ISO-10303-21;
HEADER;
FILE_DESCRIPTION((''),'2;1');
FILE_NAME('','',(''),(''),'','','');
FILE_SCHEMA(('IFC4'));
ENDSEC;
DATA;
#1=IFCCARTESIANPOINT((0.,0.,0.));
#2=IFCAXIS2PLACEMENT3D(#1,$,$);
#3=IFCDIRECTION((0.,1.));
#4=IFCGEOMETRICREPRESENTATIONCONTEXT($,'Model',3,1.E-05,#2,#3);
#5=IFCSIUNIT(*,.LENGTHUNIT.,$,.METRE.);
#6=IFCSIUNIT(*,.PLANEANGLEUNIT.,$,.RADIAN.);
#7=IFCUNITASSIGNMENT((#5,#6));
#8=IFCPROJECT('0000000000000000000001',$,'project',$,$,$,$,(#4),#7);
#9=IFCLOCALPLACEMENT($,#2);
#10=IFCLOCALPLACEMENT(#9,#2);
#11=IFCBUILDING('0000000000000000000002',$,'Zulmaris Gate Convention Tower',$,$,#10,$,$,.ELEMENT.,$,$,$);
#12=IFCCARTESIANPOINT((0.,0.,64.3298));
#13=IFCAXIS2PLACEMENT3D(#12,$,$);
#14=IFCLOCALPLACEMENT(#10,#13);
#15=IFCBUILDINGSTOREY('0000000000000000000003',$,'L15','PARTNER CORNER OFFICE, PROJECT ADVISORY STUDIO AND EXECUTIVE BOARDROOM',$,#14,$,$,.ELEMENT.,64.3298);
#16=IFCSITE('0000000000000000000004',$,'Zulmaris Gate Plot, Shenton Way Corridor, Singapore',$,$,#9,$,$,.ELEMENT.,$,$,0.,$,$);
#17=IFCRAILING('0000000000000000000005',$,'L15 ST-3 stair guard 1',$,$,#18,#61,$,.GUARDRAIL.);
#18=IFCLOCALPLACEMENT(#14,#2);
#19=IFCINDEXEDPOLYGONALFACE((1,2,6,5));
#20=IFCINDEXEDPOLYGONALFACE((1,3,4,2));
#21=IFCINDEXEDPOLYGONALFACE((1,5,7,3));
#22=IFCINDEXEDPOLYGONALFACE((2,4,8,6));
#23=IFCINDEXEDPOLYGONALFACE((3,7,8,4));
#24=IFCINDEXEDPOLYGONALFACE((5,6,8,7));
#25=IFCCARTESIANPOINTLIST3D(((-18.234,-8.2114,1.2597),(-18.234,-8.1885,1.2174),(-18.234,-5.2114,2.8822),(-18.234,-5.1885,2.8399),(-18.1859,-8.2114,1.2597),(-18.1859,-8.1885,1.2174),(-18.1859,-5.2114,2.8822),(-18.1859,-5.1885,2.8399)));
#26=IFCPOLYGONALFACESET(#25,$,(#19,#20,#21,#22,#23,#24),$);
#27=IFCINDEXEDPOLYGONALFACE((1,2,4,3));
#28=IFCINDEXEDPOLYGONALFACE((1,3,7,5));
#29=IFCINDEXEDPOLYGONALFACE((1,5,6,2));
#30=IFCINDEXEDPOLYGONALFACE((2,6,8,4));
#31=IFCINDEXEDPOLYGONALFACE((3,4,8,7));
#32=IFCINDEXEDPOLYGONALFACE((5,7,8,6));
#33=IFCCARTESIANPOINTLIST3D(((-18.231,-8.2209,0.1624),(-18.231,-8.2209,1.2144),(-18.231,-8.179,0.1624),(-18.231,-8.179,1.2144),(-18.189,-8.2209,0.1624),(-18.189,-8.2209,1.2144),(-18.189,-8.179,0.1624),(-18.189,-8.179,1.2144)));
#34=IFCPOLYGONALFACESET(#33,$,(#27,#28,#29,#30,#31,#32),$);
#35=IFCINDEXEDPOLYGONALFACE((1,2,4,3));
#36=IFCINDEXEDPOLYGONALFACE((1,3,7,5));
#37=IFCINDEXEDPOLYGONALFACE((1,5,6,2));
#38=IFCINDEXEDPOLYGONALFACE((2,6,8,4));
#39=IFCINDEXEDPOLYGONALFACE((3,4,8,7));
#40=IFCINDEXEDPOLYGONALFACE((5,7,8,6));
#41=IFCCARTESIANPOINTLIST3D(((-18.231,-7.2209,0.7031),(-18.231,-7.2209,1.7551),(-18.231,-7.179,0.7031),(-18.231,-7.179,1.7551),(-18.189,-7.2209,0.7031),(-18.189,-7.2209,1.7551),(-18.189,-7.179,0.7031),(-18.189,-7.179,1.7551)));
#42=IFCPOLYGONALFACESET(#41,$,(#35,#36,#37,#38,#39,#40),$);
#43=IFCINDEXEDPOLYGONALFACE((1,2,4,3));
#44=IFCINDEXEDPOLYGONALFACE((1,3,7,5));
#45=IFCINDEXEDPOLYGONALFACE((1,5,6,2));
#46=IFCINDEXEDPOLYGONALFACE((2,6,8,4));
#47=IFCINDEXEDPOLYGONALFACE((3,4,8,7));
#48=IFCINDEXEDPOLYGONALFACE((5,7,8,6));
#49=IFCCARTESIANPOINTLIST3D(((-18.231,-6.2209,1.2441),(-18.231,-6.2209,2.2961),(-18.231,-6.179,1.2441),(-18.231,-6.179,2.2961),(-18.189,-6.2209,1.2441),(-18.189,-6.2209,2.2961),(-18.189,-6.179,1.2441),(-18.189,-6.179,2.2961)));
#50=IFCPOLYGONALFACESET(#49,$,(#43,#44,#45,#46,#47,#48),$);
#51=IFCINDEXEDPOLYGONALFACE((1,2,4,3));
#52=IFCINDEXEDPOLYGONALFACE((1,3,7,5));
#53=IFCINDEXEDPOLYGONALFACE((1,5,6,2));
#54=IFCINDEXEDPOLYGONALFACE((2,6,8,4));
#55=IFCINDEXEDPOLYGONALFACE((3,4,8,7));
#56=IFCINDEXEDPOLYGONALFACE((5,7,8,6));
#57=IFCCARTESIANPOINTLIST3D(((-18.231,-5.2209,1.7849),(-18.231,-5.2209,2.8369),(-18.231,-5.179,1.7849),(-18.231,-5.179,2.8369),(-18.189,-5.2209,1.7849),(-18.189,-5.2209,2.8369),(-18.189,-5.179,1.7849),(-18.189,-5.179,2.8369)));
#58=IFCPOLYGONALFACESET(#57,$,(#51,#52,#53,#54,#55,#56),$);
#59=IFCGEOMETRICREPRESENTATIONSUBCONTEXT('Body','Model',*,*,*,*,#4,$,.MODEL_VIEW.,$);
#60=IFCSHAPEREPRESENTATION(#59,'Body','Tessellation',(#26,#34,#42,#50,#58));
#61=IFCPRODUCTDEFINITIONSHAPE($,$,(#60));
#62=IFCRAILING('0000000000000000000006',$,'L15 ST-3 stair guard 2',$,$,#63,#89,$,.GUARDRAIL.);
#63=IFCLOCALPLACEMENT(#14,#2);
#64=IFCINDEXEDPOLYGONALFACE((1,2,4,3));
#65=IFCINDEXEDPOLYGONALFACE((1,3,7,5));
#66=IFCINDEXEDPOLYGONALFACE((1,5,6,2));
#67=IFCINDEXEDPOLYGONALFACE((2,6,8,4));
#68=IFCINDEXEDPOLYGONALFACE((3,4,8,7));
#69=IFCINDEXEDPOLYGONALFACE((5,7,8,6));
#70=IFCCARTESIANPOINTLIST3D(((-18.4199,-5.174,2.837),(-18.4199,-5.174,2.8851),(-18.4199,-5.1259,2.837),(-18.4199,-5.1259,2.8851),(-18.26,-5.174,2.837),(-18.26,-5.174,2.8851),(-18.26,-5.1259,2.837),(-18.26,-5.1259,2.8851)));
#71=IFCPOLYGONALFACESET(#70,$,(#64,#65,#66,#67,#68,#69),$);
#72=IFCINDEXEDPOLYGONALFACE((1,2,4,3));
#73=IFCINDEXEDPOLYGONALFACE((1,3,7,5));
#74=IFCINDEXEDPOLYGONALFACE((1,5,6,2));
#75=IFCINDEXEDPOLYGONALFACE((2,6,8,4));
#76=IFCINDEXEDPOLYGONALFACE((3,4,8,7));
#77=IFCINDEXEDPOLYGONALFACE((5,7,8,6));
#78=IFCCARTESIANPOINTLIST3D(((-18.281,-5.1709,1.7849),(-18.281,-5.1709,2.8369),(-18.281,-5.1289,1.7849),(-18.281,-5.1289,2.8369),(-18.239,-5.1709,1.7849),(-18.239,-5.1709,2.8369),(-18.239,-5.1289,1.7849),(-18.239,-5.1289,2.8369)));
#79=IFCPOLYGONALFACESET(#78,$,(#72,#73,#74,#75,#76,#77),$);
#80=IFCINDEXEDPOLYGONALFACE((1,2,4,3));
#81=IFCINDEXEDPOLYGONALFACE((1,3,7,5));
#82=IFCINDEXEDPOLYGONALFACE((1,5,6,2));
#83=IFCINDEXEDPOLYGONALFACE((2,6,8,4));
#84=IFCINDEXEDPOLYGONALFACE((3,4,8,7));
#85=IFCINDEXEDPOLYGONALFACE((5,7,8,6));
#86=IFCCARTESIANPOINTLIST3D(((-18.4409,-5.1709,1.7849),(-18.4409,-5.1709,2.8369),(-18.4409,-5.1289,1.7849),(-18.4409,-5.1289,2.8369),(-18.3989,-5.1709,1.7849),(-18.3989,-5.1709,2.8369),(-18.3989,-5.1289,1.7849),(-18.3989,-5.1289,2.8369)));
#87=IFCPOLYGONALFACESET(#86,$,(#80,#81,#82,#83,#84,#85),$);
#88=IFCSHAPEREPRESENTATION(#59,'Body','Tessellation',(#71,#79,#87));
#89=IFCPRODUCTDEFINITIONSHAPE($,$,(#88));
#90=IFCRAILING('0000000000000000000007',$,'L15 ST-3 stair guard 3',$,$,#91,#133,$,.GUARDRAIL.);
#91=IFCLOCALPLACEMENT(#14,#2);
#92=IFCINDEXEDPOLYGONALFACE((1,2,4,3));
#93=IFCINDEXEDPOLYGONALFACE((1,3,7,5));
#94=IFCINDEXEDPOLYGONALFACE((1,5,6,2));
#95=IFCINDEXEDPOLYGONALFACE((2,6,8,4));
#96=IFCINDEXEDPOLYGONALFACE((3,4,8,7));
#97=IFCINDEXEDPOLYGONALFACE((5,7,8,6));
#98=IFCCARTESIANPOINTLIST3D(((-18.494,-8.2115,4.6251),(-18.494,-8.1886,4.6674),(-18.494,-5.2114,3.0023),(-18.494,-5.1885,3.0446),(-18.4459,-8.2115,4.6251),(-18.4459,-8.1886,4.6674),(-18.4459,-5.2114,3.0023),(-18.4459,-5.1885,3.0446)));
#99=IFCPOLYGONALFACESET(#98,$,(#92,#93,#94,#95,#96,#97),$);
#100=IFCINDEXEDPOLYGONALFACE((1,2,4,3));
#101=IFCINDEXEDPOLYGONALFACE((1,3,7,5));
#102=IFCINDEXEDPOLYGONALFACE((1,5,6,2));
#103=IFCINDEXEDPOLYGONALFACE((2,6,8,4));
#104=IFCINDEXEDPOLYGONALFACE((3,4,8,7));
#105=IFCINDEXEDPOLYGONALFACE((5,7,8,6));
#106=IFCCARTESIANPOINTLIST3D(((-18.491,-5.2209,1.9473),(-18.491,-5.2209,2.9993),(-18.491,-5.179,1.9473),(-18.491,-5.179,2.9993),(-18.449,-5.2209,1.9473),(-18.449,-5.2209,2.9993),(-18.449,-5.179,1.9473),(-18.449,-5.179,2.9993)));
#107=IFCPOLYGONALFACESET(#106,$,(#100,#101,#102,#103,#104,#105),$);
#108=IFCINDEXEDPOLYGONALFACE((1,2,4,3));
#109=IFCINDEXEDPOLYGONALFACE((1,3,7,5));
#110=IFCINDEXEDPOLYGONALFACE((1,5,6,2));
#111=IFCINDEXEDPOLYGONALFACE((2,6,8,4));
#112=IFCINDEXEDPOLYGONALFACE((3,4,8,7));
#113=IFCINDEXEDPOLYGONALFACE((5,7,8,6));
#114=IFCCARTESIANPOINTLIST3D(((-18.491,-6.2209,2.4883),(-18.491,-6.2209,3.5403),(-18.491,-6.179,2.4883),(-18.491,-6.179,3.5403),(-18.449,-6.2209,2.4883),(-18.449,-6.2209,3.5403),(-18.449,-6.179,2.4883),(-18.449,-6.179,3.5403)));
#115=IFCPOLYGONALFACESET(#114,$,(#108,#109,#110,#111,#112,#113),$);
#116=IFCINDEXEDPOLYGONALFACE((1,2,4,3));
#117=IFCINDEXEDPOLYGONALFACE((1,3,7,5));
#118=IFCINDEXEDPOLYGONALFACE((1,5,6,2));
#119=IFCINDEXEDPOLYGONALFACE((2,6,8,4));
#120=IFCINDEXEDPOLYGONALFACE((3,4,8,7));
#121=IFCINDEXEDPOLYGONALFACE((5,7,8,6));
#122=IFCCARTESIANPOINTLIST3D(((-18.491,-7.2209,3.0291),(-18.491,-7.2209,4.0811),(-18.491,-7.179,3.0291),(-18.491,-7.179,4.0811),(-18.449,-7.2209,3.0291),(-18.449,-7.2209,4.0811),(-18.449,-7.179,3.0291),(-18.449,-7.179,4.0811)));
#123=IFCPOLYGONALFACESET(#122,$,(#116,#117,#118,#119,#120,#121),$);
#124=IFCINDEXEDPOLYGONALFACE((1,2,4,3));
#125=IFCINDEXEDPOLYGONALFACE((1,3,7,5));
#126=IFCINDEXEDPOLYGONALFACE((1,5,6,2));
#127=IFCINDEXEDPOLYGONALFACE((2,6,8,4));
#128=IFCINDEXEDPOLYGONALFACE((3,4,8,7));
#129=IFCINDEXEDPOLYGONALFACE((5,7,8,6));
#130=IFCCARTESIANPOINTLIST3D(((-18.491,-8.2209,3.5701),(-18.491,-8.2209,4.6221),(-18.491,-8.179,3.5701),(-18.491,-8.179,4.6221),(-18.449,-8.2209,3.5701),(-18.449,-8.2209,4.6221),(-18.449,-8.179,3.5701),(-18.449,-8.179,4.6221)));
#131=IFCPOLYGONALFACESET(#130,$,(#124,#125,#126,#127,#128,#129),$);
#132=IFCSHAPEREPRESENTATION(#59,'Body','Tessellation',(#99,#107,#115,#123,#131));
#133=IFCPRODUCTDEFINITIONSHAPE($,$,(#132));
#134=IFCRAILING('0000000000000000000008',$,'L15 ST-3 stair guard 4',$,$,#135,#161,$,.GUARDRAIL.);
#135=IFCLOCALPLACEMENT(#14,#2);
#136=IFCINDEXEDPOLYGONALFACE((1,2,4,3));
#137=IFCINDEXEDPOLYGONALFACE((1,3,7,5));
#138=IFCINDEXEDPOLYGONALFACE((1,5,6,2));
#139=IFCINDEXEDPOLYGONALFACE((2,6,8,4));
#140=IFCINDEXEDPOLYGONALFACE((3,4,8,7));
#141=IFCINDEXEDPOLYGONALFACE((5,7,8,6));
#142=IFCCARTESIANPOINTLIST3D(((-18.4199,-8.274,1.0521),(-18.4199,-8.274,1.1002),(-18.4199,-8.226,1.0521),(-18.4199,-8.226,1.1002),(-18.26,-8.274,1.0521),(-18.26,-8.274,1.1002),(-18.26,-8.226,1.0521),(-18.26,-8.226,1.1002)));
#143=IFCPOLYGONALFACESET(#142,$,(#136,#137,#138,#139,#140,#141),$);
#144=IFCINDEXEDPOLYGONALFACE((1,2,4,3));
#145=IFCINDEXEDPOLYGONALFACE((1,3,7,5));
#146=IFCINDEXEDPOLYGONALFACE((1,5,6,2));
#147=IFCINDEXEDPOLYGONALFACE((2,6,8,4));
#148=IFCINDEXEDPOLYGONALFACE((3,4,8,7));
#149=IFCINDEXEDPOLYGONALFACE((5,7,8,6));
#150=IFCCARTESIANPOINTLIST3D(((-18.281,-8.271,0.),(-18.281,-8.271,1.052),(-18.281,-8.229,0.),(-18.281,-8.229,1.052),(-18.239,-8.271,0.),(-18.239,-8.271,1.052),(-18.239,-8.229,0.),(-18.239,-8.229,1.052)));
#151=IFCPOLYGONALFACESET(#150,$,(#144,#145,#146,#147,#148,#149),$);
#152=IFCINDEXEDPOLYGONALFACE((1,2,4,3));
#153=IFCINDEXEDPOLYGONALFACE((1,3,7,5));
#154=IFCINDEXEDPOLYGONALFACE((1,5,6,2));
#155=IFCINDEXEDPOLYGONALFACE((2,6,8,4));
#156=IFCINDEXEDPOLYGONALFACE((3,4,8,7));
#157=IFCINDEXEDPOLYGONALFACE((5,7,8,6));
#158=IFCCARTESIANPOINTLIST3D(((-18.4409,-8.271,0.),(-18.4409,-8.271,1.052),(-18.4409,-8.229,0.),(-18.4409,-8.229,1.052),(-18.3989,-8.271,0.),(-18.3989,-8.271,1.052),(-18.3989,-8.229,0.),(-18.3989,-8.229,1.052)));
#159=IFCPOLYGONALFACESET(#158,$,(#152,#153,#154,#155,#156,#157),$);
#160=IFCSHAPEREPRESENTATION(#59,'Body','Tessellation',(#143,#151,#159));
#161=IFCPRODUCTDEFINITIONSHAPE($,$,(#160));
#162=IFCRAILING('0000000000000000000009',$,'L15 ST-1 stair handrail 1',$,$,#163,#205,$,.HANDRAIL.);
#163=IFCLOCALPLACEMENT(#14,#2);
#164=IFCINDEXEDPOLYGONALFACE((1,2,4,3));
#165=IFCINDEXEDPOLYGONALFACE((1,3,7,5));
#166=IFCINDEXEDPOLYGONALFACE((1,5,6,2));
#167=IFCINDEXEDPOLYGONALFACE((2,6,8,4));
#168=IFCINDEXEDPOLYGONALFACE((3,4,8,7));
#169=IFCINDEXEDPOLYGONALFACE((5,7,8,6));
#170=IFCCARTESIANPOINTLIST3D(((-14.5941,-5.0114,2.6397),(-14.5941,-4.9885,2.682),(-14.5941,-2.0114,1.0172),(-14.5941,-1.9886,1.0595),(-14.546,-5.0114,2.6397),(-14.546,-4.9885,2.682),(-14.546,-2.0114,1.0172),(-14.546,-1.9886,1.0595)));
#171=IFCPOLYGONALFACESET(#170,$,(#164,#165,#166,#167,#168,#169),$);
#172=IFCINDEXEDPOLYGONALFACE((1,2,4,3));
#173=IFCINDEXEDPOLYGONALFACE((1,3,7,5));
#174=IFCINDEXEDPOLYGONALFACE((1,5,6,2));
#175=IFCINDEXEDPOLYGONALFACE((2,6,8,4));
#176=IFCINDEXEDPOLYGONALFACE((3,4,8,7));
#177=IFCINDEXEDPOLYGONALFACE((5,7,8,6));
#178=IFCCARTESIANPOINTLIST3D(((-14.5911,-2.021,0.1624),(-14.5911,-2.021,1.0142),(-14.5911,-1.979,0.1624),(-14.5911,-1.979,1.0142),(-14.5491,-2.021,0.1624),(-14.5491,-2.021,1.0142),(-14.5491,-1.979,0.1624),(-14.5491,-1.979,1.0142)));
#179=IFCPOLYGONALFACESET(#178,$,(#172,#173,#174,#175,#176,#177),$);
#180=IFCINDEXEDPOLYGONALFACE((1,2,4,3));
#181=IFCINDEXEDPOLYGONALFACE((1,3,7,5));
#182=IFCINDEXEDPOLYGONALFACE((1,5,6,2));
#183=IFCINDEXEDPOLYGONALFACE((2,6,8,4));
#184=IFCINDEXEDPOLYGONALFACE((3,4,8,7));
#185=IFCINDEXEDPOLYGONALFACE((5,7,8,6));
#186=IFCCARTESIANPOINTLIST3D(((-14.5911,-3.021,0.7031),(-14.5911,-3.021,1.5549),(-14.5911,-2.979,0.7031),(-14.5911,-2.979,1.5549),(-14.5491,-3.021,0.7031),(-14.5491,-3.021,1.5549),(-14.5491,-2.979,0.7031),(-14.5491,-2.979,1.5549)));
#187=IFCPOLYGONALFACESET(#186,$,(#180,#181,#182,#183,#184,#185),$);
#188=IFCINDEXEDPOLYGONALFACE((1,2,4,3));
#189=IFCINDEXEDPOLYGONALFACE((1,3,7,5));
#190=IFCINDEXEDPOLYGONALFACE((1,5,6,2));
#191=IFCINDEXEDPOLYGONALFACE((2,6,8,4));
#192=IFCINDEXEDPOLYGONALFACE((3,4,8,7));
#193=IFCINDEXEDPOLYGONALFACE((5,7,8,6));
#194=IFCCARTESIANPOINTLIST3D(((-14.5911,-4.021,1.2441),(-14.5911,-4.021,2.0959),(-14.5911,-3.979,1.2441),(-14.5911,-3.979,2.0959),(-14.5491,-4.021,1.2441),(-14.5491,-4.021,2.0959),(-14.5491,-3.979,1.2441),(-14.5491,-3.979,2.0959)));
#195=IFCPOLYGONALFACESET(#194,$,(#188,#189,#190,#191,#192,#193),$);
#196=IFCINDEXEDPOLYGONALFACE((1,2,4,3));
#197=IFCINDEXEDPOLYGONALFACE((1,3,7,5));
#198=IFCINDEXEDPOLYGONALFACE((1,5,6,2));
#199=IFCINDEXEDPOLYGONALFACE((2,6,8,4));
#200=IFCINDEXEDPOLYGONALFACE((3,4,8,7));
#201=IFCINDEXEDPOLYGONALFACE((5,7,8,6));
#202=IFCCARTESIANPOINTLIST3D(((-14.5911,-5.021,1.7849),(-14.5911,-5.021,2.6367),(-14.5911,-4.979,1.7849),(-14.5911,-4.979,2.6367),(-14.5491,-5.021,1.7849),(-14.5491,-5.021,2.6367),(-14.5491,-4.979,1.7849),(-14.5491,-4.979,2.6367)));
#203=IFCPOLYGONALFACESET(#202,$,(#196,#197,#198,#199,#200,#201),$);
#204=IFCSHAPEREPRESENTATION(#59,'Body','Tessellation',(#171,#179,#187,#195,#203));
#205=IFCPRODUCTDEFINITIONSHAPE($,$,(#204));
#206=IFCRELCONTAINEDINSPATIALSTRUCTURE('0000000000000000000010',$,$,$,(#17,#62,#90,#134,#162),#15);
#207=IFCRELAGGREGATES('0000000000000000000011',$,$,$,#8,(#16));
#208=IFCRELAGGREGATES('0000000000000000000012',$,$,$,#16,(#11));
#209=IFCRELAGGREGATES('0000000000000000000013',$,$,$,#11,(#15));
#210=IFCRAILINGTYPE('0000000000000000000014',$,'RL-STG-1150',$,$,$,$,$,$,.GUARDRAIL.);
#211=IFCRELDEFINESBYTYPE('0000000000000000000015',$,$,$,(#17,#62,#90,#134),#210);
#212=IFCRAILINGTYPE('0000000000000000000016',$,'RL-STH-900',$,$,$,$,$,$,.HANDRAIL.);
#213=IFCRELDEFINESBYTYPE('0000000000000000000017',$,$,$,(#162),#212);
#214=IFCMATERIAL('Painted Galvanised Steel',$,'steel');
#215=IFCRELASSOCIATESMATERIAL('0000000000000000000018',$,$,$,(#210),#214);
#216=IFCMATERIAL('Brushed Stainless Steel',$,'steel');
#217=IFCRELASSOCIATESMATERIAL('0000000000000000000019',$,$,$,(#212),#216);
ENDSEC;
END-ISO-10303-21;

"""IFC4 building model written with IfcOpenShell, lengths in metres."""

from ifc_helpers import new_model, si_unit, direction, frame, origin, origin_2d, place, context, subcontext, project, spatial, rectangle, extrude, material, type_object, element, save


model = new_model("IFC4")

# Units and contexts
model_context = context("Model", 3, precision=1e-05, world=origin(), true_north=direction((0.0, 1.0)))
body_context = subcontext(model_context, "Body", "Model", "MODEL_VIEW")
ifc_project = project(units=[si_unit("LENGTHUNIT", "METRE"), si_unit("PLANEANGLEUNIT", "RADIAN")], contexts=[model_context])

# Site, building, storey
site_placement = place(None, origin())
site = spatial("IfcSite", under=ifc_project, at=site_placement, Name="Zulmaris Gate Plot, Shenton Way Corridor, Singapore", CompositionType="ELEMENT", RefElevation=0.0)
building_placement = place(site_placement, origin())
building = spatial("IfcBuilding", under=site, at=building_placement, Name="Zulmaris Gate Convention Tower", CompositionType="ELEMENT")
storey_placement = place(building_placement, frame((0.0, 0.0, 64.3298)))
storey = spatial("IfcBuildingStorey", under=building, at=storey_placement, Name="L15", Description="PARTNER CORNER OFFICE, PROJECT ADVISORY STUDIO AND EXECUTIVE BOARDROOM", CompositionType="ELEMENT", Elevation=64.3298)

# Shared definitions
ifc_material_1 = material(Name="Brushed Stainless Steel", Category="steel")

# Railings
ifc_material_2 = material(Name="Painted Galvanised Steel", Category="steel")
railing_type_1 = type_object("IfcRailingType", Name="RL-STG-1150", PredefinedType="GUARDRAIL", material=ifc_material_2)
railing_1_placement = place(storey_placement, frame((-18.21, -8.2, 0.1624)))
element("IfcRailing", 1, at=railing_1_placement, inside=storey, type_object=railing_type_1, Name="L15 ST-3 stair guard 1", PredefinedType="GUARDRAIL", context=body_context, shape_type="SweptSolid", body=[
    extrude(rectangle(XDim=0.0481, YDim=0.0481, at=origin_2d()), frame((0.0, 0.0, 1.0762), z_axis=(0.0, 0.879592, 0.47573), x_axis=(-1.0, 0.0, 0.0)), (0.0, 0.0, 1.0), 3.4106),
    extrude(rectangle(XDim=0.042, YDim=0.042, at=origin_2d()), origin(), (0.0, 0.0, 1.0), 1.052),
    extrude(rectangle(XDim=0.042, YDim=0.042, at=origin_2d()), frame((0.0, 1.0, 0.5408)), (0.0, 0.0, 1.0), 1.052),
    extrude(rectangle(XDim=0.042, YDim=0.042, at=origin_2d()), frame((0.0, 2.0, 1.0818)), (0.0, 0.0, 1.0), 1.052),
    extrude(rectangle(XDim=0.042, YDim=0.042, at=origin_2d()), frame((0.0, 3.0, 1.6226)), (0.0, 0.0, 1.0), 1.052),
])
railing_2_placement = place(storey_placement, frame((-18.26, -5.1499, 1.7849)))
element("IfcRailing", 2, at=railing_2_placement, inside=storey, type_object=railing_type_1, Name="L15 ST-3 stair guard 2", PredefinedType="GUARDRAIL", context=body_context, shape_type="SweptSolid", body=[
    extrude(rectangle(XDim=0.0481, YDim=0.0481, at=origin_2d()), frame((0.0, 0.0, 1.0762), z_axis=(-1.0, 0.0, 0.0), x_axis=(0.0, -1.0, 0.0)), (0.0, 0.0, 1.0), 0.1599),
    extrude(rectangle(XDim=0.042, YDim=0.042, at=origin_2d()), origin(), (0.0, 0.0, 1.0), 1.052),
    extrude(rectangle(XDim=0.042, YDim=0.042, at=origin_2d()), frame((-0.1599, 0.0, 0.0)), (0.0, 0.0, 1.0), 1.052),
])
railing_3_placement = place(storey_placement, frame((-18.47, -5.2, 1.9473)))
element("IfcRailing", 3, at=railing_3_placement, inside=storey, type_object=railing_type_1, Name="L15 ST-3 stair guard 3", PredefinedType="GUARDRAIL", context=body_context, shape_type="SweptSolid", body=[
    extrude(rectangle(XDim=0.0481, YDim=0.0481, at=origin_2d()), frame((0.0, 0.0, 1.0762), z_axis=(0.0, -0.879562, 0.475785), x_axis=(1.0, 0.0, 0.0)), (0.0, 0.0, 1.0), 3.4109),
    extrude(rectangle(XDim=0.042, YDim=0.042, at=origin_2d()), origin(), (0.0, 0.0, 1.0), 1.052),
    extrude(rectangle(XDim=0.042, YDim=0.042, at=origin_2d()), frame((0.0, -1.0, 0.541)), (0.0, 0.0, 1.0), 1.052),
    extrude(rectangle(XDim=0.042, YDim=0.042, at=origin_2d()), frame((0.0, -2.0, 1.0818)), (0.0, 0.0, 1.0), 1.052),
    extrude(rectangle(XDim=0.042, YDim=0.042, at=origin_2d()), frame((0.0, -3.0, 1.6228)), (0.0, 0.0, 1.0), 1.052),
])
railing_4_placement = place(storey_placement, frame((-18.26, -8.25, 0.0)))
element("IfcRailing", 4, at=railing_4_placement, inside=storey, type_object=railing_type_1, Name="L15 ST-3 stair guard 4", PredefinedType="GUARDRAIL", context=body_context, shape_type="SweptSolid", body=[
    extrude(rectangle(XDim=0.0481, YDim=0.0481, at=origin_2d()), frame((0.0, 0.0, 1.0762), z_axis=(-1.0, 0.0, 0.0), x_axis=(0.0, -1.0, 0.0)), (0.0, 0.0, 1.0), 0.1599),
    extrude(rectangle(XDim=0.042, YDim=0.042, at=origin_2d()), origin(), (0.0, 0.0, 1.0), 1.052),
    extrude(rectangle(XDim=0.042, YDim=0.042, at=origin_2d()), frame((-0.1599, 0.0, 0.0)), (0.0, 0.0, 1.0), 1.052),
])
railing_type_2 = type_object("IfcRailingType", Name="RL-STH-900", PredefinedType="HANDRAIL", material=ifc_material_1)
railing_5_placement = place(storey_placement, frame((-14.5701, -2.0, 0.1624)))
element("IfcRailing", 5, at=railing_5_placement, inside=storey, type_object=railing_type_2, Name="L15 ST-1 stair handrail 1", PredefinedType="HANDRAIL", context=body_context, shape_type="SweptSolid", body=[
    extrude(rectangle(XDim=0.0481, YDim=0.0481, at=origin_2d()), frame((0.0, 0.0, 0.876), z_axis=(0.0, -0.879592, 0.47573), x_axis=(1.0, 0.0, 0.0)), (0.0, 0.0, 1.0), 3.4106),
    extrude(rectangle(XDim=0.042, YDim=0.042, at=origin_2d()), origin(), (0.0, 0.0, 1.0), 0.8518),
    extrude(rectangle(XDim=0.042, YDim=0.042, at=origin_2d()), frame((0.0, -1.0, 0.5408)), (0.0, 0.0, 1.0), 0.8518),
    extrude(rectangle(XDim=0.042, YDim=0.042, at=origin_2d()), frame((0.0, -2.0, 1.0818)), (0.0, 0.0, 1.0), 0.8518),
    extrude(rectangle(XDim=0.042, YDim=0.042, at=origin_2d()), frame((0.0, -3.0, 1.6226)), (0.0, 0.0, 1.0), 0.8518),
])

save(model, "model.ifc")
